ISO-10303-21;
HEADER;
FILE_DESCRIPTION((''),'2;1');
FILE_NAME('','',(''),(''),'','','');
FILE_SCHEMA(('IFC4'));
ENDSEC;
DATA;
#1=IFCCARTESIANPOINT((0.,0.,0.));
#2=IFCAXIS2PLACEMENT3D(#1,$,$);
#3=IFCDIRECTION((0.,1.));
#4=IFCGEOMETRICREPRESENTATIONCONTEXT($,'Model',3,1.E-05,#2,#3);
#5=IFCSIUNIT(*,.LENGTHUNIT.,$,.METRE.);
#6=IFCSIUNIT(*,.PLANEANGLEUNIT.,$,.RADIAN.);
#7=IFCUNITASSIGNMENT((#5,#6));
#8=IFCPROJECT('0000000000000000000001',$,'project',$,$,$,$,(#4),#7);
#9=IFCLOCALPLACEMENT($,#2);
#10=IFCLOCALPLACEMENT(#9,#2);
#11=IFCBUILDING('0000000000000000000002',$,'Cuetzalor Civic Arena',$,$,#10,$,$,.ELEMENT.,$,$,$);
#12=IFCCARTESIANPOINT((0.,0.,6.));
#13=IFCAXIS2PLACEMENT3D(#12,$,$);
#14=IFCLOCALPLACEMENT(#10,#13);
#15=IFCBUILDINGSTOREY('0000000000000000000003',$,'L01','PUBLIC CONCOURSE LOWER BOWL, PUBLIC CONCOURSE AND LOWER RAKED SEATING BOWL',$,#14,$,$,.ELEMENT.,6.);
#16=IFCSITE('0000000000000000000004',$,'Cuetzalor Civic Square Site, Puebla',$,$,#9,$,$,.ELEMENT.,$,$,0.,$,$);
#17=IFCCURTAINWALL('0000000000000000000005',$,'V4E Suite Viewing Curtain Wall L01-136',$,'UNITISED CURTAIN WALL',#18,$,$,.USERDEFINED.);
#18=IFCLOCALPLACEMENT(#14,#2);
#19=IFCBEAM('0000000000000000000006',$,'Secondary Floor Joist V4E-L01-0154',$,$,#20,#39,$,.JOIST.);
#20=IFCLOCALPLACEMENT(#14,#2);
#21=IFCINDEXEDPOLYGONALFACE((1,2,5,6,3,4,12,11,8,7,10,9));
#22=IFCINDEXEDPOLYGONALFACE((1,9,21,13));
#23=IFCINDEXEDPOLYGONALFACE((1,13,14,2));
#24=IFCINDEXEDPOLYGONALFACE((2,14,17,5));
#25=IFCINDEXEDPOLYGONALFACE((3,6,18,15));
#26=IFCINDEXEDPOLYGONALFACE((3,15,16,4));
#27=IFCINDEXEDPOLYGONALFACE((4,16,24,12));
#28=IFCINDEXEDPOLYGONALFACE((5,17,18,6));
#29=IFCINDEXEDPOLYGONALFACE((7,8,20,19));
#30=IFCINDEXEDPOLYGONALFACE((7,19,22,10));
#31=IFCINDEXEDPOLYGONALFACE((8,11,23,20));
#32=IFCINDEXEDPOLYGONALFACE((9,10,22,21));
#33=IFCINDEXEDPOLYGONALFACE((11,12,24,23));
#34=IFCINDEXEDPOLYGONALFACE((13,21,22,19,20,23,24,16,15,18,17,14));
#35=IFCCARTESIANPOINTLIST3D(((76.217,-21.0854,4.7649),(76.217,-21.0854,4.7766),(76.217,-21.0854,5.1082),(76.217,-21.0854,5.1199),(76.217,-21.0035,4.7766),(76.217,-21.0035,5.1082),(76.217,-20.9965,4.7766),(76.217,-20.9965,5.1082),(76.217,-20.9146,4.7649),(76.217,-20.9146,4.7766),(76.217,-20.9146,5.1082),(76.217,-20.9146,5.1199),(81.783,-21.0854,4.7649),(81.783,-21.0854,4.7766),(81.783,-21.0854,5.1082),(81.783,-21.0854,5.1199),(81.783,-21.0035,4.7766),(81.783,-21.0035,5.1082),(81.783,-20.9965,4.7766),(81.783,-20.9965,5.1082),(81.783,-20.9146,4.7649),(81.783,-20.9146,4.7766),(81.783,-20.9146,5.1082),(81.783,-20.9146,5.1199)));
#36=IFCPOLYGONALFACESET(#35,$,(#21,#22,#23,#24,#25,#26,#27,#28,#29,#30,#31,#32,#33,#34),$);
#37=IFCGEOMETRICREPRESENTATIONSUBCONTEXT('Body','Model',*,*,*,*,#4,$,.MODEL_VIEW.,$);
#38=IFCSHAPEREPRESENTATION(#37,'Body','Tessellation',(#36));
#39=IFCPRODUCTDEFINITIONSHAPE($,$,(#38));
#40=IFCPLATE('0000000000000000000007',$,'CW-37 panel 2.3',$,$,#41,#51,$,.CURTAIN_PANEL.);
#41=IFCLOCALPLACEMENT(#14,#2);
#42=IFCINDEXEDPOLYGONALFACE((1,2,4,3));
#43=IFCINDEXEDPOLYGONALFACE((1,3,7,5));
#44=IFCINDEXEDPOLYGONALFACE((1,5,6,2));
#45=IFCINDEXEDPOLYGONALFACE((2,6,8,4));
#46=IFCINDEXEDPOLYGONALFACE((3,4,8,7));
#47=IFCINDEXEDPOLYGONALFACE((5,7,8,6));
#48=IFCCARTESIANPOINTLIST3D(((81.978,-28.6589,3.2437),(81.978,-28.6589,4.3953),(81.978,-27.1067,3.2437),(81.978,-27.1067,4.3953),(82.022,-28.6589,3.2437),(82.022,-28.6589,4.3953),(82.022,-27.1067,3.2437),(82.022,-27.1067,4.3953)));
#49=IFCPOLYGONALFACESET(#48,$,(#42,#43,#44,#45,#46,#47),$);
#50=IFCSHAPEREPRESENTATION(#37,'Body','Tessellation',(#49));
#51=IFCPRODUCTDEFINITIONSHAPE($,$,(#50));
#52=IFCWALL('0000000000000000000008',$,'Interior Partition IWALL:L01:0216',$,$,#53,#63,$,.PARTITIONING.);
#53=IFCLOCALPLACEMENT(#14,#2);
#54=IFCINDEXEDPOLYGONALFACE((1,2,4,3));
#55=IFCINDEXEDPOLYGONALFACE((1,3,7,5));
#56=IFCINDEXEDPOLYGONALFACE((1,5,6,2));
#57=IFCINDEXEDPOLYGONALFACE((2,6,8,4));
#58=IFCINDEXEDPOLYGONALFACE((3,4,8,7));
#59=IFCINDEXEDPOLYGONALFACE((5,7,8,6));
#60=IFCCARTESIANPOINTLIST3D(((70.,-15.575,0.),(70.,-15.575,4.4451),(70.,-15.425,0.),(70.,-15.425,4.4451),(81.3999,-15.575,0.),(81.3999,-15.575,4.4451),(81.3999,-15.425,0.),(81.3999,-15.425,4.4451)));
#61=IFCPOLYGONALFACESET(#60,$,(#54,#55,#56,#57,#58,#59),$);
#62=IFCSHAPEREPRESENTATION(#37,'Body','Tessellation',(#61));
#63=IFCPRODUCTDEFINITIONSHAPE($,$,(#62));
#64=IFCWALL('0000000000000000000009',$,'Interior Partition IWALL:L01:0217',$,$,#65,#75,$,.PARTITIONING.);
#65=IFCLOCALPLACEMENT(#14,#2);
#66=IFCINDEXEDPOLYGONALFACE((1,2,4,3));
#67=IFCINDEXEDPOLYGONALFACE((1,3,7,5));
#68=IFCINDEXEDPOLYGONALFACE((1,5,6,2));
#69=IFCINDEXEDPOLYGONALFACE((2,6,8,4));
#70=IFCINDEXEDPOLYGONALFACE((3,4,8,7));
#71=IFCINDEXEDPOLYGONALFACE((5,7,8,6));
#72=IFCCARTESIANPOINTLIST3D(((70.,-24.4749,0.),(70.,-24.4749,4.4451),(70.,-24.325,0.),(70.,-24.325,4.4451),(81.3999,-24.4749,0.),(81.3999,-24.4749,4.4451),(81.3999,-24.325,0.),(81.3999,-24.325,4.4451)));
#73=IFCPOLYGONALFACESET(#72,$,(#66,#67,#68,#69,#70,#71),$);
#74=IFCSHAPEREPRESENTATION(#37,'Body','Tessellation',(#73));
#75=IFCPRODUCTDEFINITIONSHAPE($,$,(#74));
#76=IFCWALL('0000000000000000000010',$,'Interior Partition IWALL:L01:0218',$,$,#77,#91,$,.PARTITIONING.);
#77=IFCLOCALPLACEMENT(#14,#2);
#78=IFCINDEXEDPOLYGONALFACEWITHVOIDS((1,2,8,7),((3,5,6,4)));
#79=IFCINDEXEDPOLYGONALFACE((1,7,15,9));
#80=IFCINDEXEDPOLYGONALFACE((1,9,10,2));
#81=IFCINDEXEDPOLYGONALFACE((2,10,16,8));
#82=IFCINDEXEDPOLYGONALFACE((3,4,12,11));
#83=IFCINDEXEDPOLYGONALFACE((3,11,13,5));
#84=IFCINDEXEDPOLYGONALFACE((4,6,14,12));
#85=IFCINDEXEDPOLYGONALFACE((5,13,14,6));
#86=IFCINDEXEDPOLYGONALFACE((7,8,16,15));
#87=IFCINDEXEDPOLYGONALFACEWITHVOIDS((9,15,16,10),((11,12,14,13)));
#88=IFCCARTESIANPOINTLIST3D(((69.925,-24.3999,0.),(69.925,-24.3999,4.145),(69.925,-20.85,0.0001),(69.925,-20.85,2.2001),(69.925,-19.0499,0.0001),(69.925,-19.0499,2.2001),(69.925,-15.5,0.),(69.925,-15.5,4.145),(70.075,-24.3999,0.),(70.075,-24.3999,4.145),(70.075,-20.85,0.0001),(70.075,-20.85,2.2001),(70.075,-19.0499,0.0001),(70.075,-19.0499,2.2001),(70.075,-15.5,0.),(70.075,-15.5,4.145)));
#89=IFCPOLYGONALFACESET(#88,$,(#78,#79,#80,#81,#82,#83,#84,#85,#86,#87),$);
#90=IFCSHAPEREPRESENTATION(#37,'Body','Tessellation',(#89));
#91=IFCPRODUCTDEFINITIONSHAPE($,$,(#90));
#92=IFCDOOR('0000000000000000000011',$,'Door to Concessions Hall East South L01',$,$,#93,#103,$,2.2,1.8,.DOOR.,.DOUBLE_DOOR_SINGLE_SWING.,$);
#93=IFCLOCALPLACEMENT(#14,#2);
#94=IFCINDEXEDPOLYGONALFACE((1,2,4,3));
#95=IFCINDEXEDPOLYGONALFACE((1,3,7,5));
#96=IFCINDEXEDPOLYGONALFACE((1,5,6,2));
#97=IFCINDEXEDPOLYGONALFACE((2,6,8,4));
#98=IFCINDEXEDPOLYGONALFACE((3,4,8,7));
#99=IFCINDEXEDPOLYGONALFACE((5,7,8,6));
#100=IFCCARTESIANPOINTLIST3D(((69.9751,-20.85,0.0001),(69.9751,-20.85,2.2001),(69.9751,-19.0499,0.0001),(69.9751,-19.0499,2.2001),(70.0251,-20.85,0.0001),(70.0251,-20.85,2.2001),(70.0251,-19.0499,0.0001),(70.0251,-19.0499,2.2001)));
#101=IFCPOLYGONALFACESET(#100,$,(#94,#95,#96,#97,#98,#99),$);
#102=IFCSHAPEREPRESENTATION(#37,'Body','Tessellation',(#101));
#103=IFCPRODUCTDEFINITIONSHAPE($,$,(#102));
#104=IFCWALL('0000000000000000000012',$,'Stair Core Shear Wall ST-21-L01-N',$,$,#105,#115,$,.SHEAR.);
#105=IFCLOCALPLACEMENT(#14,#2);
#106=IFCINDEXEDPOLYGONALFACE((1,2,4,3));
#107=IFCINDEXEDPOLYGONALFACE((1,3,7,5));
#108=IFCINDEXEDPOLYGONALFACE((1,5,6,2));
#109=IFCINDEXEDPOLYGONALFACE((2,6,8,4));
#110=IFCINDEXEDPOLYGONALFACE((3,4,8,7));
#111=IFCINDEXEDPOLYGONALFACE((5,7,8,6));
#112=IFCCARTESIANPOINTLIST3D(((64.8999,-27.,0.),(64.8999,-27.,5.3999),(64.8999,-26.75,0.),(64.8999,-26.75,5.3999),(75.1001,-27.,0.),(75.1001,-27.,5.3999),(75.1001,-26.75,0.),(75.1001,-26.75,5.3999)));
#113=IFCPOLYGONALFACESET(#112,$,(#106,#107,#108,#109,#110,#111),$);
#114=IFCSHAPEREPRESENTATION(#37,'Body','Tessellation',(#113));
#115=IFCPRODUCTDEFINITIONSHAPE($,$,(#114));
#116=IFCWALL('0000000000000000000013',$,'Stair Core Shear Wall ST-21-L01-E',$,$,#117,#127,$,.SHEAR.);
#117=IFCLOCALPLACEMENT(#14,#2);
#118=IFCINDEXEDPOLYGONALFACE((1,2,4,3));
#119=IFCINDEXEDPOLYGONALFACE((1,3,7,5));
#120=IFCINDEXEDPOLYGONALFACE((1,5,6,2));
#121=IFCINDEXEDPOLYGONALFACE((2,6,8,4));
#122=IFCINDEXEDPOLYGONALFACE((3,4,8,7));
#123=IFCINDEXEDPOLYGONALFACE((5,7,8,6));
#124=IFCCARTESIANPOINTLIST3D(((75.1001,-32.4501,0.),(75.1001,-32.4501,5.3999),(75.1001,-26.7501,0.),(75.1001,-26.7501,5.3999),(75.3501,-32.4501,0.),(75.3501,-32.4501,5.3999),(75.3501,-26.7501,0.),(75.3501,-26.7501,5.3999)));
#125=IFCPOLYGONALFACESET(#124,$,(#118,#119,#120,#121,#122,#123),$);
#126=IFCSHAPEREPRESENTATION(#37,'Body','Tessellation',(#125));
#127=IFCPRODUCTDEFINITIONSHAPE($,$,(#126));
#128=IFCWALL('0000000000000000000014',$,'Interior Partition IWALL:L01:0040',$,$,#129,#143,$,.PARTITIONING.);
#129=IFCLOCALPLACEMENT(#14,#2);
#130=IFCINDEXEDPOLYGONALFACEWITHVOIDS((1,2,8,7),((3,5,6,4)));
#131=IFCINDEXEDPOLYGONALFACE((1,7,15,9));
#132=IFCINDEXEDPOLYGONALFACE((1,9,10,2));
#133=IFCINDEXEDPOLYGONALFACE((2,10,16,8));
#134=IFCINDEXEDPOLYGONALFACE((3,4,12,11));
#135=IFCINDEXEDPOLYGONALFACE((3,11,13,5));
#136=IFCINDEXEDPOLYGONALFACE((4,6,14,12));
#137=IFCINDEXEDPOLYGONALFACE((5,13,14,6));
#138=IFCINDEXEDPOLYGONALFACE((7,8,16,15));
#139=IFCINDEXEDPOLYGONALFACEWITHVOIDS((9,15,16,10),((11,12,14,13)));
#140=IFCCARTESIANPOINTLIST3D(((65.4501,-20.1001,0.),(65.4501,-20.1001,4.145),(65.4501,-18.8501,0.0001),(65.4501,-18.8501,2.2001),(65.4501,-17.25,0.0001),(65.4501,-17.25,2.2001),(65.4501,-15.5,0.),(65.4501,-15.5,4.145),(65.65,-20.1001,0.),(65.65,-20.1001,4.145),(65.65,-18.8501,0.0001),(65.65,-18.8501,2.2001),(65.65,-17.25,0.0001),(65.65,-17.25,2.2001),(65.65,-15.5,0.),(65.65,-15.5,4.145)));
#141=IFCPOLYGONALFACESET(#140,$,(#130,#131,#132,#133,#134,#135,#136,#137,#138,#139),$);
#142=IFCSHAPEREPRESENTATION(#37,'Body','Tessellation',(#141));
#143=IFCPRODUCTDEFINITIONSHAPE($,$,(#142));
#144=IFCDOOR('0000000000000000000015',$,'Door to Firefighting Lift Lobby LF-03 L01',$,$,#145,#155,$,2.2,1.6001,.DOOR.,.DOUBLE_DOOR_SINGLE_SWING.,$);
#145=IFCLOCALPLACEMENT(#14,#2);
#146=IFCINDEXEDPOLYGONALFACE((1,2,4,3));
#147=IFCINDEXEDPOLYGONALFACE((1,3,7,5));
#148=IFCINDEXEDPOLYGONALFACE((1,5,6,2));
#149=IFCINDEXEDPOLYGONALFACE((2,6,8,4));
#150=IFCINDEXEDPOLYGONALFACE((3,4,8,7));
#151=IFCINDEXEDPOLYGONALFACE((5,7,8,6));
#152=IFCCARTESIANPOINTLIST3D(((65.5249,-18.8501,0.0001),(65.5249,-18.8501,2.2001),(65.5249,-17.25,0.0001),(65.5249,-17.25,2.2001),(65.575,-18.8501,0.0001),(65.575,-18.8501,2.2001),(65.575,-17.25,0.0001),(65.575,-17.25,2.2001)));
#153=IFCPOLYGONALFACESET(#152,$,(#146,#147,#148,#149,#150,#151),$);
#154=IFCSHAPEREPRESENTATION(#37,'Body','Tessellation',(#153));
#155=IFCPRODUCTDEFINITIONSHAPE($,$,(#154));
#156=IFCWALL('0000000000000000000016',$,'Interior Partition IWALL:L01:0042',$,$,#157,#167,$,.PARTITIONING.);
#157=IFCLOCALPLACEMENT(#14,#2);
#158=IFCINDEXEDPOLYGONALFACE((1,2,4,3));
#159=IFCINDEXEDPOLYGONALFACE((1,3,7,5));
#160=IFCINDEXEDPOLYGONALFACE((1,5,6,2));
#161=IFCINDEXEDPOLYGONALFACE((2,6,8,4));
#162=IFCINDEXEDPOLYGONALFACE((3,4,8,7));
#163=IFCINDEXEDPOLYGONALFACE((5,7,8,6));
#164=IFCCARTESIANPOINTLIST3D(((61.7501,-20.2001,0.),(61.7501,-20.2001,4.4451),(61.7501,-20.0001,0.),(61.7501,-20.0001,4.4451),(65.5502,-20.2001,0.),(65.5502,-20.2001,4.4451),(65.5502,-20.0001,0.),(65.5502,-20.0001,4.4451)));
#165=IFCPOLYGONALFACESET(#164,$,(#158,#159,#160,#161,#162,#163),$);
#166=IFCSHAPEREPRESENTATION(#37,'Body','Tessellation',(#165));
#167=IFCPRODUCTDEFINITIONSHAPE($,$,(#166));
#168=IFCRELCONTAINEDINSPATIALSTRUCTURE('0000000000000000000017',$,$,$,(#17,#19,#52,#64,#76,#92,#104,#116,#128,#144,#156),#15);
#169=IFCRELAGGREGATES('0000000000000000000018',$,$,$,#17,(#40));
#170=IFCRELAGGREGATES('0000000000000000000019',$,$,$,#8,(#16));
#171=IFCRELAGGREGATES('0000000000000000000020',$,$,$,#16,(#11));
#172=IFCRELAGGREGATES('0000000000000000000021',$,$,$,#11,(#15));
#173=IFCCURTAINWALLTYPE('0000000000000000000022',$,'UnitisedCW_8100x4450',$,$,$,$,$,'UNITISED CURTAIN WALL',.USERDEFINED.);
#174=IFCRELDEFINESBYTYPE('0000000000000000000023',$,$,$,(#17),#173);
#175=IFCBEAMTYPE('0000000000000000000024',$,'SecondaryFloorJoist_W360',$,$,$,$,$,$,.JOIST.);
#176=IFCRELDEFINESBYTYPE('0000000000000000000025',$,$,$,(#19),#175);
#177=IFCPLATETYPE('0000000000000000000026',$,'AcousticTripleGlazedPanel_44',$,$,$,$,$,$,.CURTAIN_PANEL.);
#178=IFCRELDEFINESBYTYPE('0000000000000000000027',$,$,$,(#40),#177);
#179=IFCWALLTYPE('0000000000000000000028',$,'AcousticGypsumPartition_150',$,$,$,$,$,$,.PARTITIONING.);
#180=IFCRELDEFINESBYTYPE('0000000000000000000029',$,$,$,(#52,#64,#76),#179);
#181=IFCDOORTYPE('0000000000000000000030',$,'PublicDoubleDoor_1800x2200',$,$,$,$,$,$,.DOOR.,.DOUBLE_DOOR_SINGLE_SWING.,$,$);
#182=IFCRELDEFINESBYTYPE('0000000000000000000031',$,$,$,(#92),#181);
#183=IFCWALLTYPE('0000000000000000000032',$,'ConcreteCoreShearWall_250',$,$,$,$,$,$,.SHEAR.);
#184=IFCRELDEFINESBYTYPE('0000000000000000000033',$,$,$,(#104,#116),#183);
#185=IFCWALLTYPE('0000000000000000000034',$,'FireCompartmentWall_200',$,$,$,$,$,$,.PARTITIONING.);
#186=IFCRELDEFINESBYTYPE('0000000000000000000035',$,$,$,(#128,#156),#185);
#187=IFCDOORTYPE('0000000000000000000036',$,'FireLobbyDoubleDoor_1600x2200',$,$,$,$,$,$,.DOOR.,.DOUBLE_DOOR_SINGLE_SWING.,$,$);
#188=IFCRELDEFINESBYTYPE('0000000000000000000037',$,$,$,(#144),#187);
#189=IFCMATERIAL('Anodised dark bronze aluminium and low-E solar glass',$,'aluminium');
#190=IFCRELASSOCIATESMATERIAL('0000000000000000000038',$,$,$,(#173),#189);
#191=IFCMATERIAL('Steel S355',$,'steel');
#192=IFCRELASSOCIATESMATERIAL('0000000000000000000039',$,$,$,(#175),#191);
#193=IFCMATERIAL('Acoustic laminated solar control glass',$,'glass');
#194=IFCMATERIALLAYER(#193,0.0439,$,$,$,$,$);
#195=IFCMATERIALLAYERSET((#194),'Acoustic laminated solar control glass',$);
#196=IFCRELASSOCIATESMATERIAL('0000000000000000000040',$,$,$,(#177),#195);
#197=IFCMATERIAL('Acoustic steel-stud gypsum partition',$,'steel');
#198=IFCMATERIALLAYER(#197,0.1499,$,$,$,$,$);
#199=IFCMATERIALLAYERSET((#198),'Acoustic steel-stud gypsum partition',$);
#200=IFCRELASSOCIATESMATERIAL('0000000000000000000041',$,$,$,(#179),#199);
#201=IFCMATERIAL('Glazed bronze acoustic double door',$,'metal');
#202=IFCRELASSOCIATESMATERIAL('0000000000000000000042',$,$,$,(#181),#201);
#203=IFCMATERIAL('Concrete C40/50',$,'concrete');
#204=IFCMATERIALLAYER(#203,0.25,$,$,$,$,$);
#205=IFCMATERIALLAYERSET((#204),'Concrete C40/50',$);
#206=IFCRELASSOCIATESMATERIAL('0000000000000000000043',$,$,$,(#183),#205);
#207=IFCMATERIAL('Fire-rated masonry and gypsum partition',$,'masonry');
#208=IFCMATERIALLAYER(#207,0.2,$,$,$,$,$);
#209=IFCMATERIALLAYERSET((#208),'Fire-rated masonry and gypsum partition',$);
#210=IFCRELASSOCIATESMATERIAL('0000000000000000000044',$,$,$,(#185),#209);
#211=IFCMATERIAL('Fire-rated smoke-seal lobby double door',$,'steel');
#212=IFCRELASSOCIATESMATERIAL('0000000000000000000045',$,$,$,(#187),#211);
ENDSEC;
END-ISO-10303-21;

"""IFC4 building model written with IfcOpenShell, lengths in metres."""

from ifc_helpers import new_model, si_unit, direction, frame, frame_2d, origin, origin_2d, place, context, subcontext, project, spatial, rectangle, i_section, extrude, material, layer, layer_set, material_profile, profile_set, type_object, element, fill, aggregate, save


model = new_model("IFC4")

# Units and contexts
model_context = context("Model", 3, precision=1e-05, world=origin(), true_north=direction((0.0, 1.0)))
body_context = subcontext(model_context, "Body", "Model", "MODEL_VIEW")
ifc_project = project(units=[si_unit("LENGTHUNIT", "METRE"), si_unit("PLANEANGLEUNIT", "RADIAN")], contexts=[model_context])

# Site, building, storey
site_placement = place(None, origin())
site = spatial("IfcSite", under=ifc_project, at=site_placement, Name="Cuetzalor Civic Square Site, Puebla", CompositionType="ELEMENT", RefElevation=0.0)
building_placement = place(site_placement, origin())
building = spatial("IfcBuilding", under=site, at=building_placement, Name="Cuetzalor Civic Arena", CompositionType="ELEMENT")
storey_placement = place(building_placement, frame((0.0, 0.0, 6.0)))
storey = spatial("IfcBuildingStorey", under=building, at=storey_placement, Name="L01", Description="PUBLIC CONCOURSE LOWER BOWL, PUBLIC CONCOURSE AND LOWER RAKED SEATING BOWL", CompositionType="ELEMENT", Elevation=6.0)

# Curtain wall
ifc_material_1 = material(Name="Anodised dark bronze aluminium and low-E solar glass", Category="aluminium")
curtain_wall_type = type_object("IfcCurtainWallType", Name="UnitisedCW_8100x4450", ElementType="UNITISED CURTAIN WALL", PredefinedType="USERDEFINED", material=ifc_material_1)
curtain_wall_placement = place(storey_placement, origin())
curtain_wall = element("IfcCurtainWall", 1, at=curtain_wall_placement, inside=storey, type_object=curtain_wall_type, Name="V4E Suite Viewing Curtain Wall L01-136", ObjectType="UNITISED CURTAIN WALL", PredefinedType="USERDEFINED")

# Beam
ifc_material_2 = material(Name="Steel S355", Category="steel")
ifc_material_profile_1 = material_profile(ifc_material_2, i_section(OverallWidth=0.1709, OverallDepth=0.355, WebThickness=0.0071, FlangeThickness=0.0117, at=origin_2d()), Name="W360x51")
ifc_profile_set_1 = profile_set([ifc_material_profile_1], Name="Steel S355")
beam_type_1 = type_object("IfcBeamType", Name="SecondaryFloorJoist_W360", PredefinedType="JOIST", material=ifc_profile_set_1)
beam_1_placement = place(storey_placement, frame((76.217, -21.0, 4.9424), z_axis=(1.0, 0.0, 0.0), x_axis=(0.0, 1.0, 0.0)))
element("IfcBeam", 2, at=beam_1_placement, inside=storey, type_object=beam_type_1, Name="Secondary Floor Joist V4E-L01-0154", PredefinedType="JOIST", context=body_context, shape_type="SweptSolid", body=[
    extrude(i_section(OverallWidth=0.1709, OverallDepth=0.355, WebThickness=0.0071, FlangeThickness=0.0117, at=origin_2d()), origin(), (0.0, 0.0, 1.0), 5.5659),
])

# Plate
ifc_material_3 = material(Name="Acoustic laminated solar control glass", Category="glass")
ifc_layer_1 = layer(ifc_material_3, 0.0439)
ifc_layer_set_1 = layer_set([ifc_layer_1], Name="Acoustic laminated solar control glass")
plate_type = type_object("IfcPlateType", Name="AcousticTripleGlazedPanel_44", PredefinedType="CURTAIN_PANEL", material=ifc_layer_set_1)
plate_placement = place(storey_placement, frame((82.0, -27.8828, 3.2437), z_axis=(0.0, 0.0, 1.0), x_axis=(0.0, -1.0, 0.0)))
plate = element("IfcPlate", 3, at=plate_placement, type_object=plate_type, Name="CW-37 panel 2.3", PredefinedType="CURTAIN_PANEL", context=body_context, shape_type="SweptSolid", body=[
    extrude(rectangle(XDim=1.5522, YDim=0.0439, at=origin_2d()), origin(), (0.0, 0.0, 1.0), 1.1516),
])
aggregate(curtain_wall, [plate])

# Walls
ifc_material_4 = material(Name="Acoustic steel-stud gypsum partition", Category="steel")
ifc_layer_2 = layer(ifc_material_4, 0.1499)
ifc_layer_set_2 = layer_set([ifc_layer_2], Name="Acoustic steel-stud gypsum partition")
wall_type_1 = type_object("IfcWallType", Name="AcousticGypsumPartition_150", PredefinedType="PARTITIONING", material=ifc_layer_set_2)
for number, where, z_axis, x_axis, name in (
    (4, (70.0, -15.5, 0.0), (0.0, 0.0, 1.0), (1.0, 0.0, 0.0), "Interior Partition IWALL:L01:0216"),
    (5, (81.3999, -24.3999, 0.0), (0.0, 0.0, 1.0), (-1.0, 0.0, 0.0), "Interior Partition IWALL:L01:0217"),
):
    element("IfcWall", number, at=place(storey_placement, frame(where, z_axis=z_axis, x_axis=x_axis)), inside=storey, type_object=wall_type_1, Name=name, PredefinedType="PARTITIONING", context=body_context, shape_type="SweptSolid", body=[
        extrude(rectangle(XDim=11.3999, YDim=0.1499, at=frame_2d((5.7, 0.0))), origin(), (0.0, 0.0, 1.0), 4.4451),
    ])

# Wall, opening, door
wall_1_placement = place(storey_placement, frame((70.0, -24.3999, 0.0), z_axis=(0.0, 0.0, 1.0), x_axis=(0.0, 1.0, 0.0)))
wall_1 = element("IfcWall", 6, at=wall_1_placement, inside=storey, type_object=wall_type_1, Name="Interior Partition IWALL:L01:0218", PredefinedType="PARTITIONING", context=body_context, shape_type="SweptSolid", body=[
    extrude(rectangle(XDim=8.8999, YDim=0.1499, at=frame_2d((4.45, 0.0))), origin(), (0.0, 0.0, 1.0), 4.145),
])
opening_1_placement = place(wall_1_placement, frame((3.55, 0.0, 0.0)))
opening_1 = element("IfcOpeningElement", 7, at=opening_1_placement, cuts=wall_1, PredefinedType="OPENING", context=body_context, shape_type="SweptSolid", body=[
    extrude(rectangle(XDim=1.8, YDim=2.2, at=frame_2d((0.8999, 1.1001))), frame((0.0, 0.085, 0.0), z_axis=(0.0, -1.0, 0.0), x_axis=(1.0, 0.0, 0.0)), (0.0, 0.0, 1.0), 0.1699),
])
ifc_material_5 = material(Name="Glazed bronze acoustic double door", Category="metal")
door_type_1 = type_object("IfcDoorType", Name="PublicDoubleDoor_1800x2200", OperationType="DOUBLE_DOOR_SINGLE_SWING", PredefinedType="DOOR", material=ifc_material_5)
door_1_placement = place(opening_1_placement, origin())
door_1 = element("IfcDoor", 8, at=door_1_placement, inside=storey, type_object=door_type_1, Name="Door to Concessions Hall East South L01", OperationType="DOUBLE_DOOR_SINGLE_SWING", OverallHeight=2.2, OverallWidth=1.8, PredefinedType="DOOR", context=body_context, shape_type="SweptSolid", body=[
    extrude(rectangle(XDim=1.8, YDim=2.2, at=frame_2d((0.8999, 1.1001))), frame((0.0, 0.0249, 0.0), z_axis=(0.0, -1.0, 0.0), x_axis=(1.0, 0.0, 0.0)), (0.0, 0.0, 1.0), 0.05),
])
fill(opening_1, door_1)

# Walls
ifc_material_6 = material(Name="Concrete C40/50", Category="concrete")
ifc_layer_3 = layer(ifc_material_6, 0.25)
ifc_layer_set_3 = layer_set([ifc_layer_3], Name="Concrete C40/50")
wall_type_2 = type_object("IfcWallType", Name="ConcreteCoreShearWall_250", PredefinedType="SHEAR", material=ifc_layer_set_3)
wall_2_placement = place(storey_placement, frame((64.8999, -26.875, 0.0), z_axis=(0.0, 0.0, 1.0), x_axis=(1.0, 0.0, 0.0)))
element("IfcWall", 9, at=wall_2_placement, inside=storey, type_object=wall_type_2, Name="Stair Core Shear Wall ST-21-L01-N", PredefinedType="SHEAR", context=body_context, shape_type="SweptSolid", body=[
    extrude(rectangle(XDim=10.2002, YDim=0.25, at=frame_2d((5.1001, 0.0))), origin(), (0.0, 0.0, 1.0), 5.3999),
])
wall_3_placement = place(storey_placement, frame((75.2251, -26.75, 0.0), z_axis=(0.0, 0.0, 1.0), x_axis=(0.0, -1.0, 0.0)))
element("IfcWall", 10, at=wall_3_placement, inside=storey, type_object=wall_type_2, Name="Stair Core Shear Wall ST-21-L01-E", PredefinedType="SHEAR", context=body_context, shape_type="SweptSolid", body=[
    extrude(rectangle(XDim=5.7, YDim=0.25, at=frame_2d((2.8501, 0.0))), origin(), (0.0, 0.0, 1.0), 5.3999),
])

# Wall, opening, door
ifc_material_7 = material(Name="Fire-rated masonry and gypsum partition", Category="masonry")
ifc_layer_4 = layer(ifc_material_7, 0.2)
ifc_layer_set_4 = layer_set([ifc_layer_4], Name="Fire-rated masonry and gypsum partition")
wall_type_3 = type_object("IfcWallType", Name="FireCompartmentWall_200", PredefinedType="PARTITIONING", material=ifc_layer_set_4)
wall_4_placement = place(storey_placement, frame((65.55, -15.5, 0.0), z_axis=(0.0, 0.0, 1.0), x_axis=(0.0, -1.0, 0.0)))
wall_4 = element("IfcWall", 11, at=wall_4_placement, inside=storey, type_object=wall_type_3, Name="Interior Partition IWALL:L01:0040", PredefinedType="PARTITIONING", context=body_context, shape_type="SweptSolid", body=[
    extrude(rectangle(XDim=4.6001, YDim=0.2, at=frame_2d((2.3, 0.0))), origin(), (0.0, 0.0, 1.0), 4.145),
])
opening_2_placement = place(wall_4_placement, frame((1.75, 0.0, 0.0)))
opening_2 = element("IfcOpeningElement", 12, at=opening_2_placement, cuts=wall_4, PredefinedType="OPENING", context=body_context, shape_type="SweptSolid", body=[
    extrude(rectangle(XDim=1.6001, YDim=2.2, at=frame_2d((0.8, 1.1001))), frame((0.0, 0.1099, 0.0), z_axis=(0.0, -1.0, 0.0), x_axis=(1.0, 0.0, 0.0)), (0.0, 0.0, 1.0), 0.22),
])
ifc_material_8 = material(Name="Fire-rated smoke-seal lobby double door", Category="steel")
door_type_2 = type_object("IfcDoorType", Name="FireLobbyDoubleDoor_1600x2200", OperationType="DOUBLE_DOOR_SINGLE_SWING", PredefinedType="DOOR", material=ifc_material_8)
door_2_placement = place(opening_2_placement, origin())
door_2 = element("IfcDoor", 13, at=door_2_placement, inside=storey, type_object=door_type_2, Name="Door to Firefighting Lift Lobby LF-03 L01", OperationType="DOUBLE_DOOR_SINGLE_SWING", OverallHeight=2.2, OverallWidth=1.6001, PredefinedType="DOOR", context=body_context, shape_type="SweptSolid", body=[
    extrude(rectangle(XDim=1.6001, YDim=2.2, at=frame_2d((0.8, 1.1001))), frame((0.0, 0.0249, 0.0), z_axis=(0.0, -1.0, 0.0), x_axis=(1.0, 0.0, 0.0)), (0.0, 0.0, 1.0), 0.05),
])
fill(opening_2, door_2)

# Wall
wall_5_placement = place(storey_placement, frame((65.55, -20.1001, 0.0), z_axis=(0.0, 0.0, 1.0), x_axis=(-1.0, 0.0, 0.0)))
element("IfcWall", 14, at=wall_5_placement, inside=storey, type_object=wall_type_3, Name="Interior Partition IWALL:L01:0042", PredefinedType="PARTITIONING", context=body_context, shape_type="SweptSolid", body=[
    extrude(rectangle(XDim=3.8, YDim=0.2, at=frame_2d((1.8999, 0.0))), origin(), (0.0, 0.0, 1.0), 4.4451),
])

save(model, "model.ifc")
